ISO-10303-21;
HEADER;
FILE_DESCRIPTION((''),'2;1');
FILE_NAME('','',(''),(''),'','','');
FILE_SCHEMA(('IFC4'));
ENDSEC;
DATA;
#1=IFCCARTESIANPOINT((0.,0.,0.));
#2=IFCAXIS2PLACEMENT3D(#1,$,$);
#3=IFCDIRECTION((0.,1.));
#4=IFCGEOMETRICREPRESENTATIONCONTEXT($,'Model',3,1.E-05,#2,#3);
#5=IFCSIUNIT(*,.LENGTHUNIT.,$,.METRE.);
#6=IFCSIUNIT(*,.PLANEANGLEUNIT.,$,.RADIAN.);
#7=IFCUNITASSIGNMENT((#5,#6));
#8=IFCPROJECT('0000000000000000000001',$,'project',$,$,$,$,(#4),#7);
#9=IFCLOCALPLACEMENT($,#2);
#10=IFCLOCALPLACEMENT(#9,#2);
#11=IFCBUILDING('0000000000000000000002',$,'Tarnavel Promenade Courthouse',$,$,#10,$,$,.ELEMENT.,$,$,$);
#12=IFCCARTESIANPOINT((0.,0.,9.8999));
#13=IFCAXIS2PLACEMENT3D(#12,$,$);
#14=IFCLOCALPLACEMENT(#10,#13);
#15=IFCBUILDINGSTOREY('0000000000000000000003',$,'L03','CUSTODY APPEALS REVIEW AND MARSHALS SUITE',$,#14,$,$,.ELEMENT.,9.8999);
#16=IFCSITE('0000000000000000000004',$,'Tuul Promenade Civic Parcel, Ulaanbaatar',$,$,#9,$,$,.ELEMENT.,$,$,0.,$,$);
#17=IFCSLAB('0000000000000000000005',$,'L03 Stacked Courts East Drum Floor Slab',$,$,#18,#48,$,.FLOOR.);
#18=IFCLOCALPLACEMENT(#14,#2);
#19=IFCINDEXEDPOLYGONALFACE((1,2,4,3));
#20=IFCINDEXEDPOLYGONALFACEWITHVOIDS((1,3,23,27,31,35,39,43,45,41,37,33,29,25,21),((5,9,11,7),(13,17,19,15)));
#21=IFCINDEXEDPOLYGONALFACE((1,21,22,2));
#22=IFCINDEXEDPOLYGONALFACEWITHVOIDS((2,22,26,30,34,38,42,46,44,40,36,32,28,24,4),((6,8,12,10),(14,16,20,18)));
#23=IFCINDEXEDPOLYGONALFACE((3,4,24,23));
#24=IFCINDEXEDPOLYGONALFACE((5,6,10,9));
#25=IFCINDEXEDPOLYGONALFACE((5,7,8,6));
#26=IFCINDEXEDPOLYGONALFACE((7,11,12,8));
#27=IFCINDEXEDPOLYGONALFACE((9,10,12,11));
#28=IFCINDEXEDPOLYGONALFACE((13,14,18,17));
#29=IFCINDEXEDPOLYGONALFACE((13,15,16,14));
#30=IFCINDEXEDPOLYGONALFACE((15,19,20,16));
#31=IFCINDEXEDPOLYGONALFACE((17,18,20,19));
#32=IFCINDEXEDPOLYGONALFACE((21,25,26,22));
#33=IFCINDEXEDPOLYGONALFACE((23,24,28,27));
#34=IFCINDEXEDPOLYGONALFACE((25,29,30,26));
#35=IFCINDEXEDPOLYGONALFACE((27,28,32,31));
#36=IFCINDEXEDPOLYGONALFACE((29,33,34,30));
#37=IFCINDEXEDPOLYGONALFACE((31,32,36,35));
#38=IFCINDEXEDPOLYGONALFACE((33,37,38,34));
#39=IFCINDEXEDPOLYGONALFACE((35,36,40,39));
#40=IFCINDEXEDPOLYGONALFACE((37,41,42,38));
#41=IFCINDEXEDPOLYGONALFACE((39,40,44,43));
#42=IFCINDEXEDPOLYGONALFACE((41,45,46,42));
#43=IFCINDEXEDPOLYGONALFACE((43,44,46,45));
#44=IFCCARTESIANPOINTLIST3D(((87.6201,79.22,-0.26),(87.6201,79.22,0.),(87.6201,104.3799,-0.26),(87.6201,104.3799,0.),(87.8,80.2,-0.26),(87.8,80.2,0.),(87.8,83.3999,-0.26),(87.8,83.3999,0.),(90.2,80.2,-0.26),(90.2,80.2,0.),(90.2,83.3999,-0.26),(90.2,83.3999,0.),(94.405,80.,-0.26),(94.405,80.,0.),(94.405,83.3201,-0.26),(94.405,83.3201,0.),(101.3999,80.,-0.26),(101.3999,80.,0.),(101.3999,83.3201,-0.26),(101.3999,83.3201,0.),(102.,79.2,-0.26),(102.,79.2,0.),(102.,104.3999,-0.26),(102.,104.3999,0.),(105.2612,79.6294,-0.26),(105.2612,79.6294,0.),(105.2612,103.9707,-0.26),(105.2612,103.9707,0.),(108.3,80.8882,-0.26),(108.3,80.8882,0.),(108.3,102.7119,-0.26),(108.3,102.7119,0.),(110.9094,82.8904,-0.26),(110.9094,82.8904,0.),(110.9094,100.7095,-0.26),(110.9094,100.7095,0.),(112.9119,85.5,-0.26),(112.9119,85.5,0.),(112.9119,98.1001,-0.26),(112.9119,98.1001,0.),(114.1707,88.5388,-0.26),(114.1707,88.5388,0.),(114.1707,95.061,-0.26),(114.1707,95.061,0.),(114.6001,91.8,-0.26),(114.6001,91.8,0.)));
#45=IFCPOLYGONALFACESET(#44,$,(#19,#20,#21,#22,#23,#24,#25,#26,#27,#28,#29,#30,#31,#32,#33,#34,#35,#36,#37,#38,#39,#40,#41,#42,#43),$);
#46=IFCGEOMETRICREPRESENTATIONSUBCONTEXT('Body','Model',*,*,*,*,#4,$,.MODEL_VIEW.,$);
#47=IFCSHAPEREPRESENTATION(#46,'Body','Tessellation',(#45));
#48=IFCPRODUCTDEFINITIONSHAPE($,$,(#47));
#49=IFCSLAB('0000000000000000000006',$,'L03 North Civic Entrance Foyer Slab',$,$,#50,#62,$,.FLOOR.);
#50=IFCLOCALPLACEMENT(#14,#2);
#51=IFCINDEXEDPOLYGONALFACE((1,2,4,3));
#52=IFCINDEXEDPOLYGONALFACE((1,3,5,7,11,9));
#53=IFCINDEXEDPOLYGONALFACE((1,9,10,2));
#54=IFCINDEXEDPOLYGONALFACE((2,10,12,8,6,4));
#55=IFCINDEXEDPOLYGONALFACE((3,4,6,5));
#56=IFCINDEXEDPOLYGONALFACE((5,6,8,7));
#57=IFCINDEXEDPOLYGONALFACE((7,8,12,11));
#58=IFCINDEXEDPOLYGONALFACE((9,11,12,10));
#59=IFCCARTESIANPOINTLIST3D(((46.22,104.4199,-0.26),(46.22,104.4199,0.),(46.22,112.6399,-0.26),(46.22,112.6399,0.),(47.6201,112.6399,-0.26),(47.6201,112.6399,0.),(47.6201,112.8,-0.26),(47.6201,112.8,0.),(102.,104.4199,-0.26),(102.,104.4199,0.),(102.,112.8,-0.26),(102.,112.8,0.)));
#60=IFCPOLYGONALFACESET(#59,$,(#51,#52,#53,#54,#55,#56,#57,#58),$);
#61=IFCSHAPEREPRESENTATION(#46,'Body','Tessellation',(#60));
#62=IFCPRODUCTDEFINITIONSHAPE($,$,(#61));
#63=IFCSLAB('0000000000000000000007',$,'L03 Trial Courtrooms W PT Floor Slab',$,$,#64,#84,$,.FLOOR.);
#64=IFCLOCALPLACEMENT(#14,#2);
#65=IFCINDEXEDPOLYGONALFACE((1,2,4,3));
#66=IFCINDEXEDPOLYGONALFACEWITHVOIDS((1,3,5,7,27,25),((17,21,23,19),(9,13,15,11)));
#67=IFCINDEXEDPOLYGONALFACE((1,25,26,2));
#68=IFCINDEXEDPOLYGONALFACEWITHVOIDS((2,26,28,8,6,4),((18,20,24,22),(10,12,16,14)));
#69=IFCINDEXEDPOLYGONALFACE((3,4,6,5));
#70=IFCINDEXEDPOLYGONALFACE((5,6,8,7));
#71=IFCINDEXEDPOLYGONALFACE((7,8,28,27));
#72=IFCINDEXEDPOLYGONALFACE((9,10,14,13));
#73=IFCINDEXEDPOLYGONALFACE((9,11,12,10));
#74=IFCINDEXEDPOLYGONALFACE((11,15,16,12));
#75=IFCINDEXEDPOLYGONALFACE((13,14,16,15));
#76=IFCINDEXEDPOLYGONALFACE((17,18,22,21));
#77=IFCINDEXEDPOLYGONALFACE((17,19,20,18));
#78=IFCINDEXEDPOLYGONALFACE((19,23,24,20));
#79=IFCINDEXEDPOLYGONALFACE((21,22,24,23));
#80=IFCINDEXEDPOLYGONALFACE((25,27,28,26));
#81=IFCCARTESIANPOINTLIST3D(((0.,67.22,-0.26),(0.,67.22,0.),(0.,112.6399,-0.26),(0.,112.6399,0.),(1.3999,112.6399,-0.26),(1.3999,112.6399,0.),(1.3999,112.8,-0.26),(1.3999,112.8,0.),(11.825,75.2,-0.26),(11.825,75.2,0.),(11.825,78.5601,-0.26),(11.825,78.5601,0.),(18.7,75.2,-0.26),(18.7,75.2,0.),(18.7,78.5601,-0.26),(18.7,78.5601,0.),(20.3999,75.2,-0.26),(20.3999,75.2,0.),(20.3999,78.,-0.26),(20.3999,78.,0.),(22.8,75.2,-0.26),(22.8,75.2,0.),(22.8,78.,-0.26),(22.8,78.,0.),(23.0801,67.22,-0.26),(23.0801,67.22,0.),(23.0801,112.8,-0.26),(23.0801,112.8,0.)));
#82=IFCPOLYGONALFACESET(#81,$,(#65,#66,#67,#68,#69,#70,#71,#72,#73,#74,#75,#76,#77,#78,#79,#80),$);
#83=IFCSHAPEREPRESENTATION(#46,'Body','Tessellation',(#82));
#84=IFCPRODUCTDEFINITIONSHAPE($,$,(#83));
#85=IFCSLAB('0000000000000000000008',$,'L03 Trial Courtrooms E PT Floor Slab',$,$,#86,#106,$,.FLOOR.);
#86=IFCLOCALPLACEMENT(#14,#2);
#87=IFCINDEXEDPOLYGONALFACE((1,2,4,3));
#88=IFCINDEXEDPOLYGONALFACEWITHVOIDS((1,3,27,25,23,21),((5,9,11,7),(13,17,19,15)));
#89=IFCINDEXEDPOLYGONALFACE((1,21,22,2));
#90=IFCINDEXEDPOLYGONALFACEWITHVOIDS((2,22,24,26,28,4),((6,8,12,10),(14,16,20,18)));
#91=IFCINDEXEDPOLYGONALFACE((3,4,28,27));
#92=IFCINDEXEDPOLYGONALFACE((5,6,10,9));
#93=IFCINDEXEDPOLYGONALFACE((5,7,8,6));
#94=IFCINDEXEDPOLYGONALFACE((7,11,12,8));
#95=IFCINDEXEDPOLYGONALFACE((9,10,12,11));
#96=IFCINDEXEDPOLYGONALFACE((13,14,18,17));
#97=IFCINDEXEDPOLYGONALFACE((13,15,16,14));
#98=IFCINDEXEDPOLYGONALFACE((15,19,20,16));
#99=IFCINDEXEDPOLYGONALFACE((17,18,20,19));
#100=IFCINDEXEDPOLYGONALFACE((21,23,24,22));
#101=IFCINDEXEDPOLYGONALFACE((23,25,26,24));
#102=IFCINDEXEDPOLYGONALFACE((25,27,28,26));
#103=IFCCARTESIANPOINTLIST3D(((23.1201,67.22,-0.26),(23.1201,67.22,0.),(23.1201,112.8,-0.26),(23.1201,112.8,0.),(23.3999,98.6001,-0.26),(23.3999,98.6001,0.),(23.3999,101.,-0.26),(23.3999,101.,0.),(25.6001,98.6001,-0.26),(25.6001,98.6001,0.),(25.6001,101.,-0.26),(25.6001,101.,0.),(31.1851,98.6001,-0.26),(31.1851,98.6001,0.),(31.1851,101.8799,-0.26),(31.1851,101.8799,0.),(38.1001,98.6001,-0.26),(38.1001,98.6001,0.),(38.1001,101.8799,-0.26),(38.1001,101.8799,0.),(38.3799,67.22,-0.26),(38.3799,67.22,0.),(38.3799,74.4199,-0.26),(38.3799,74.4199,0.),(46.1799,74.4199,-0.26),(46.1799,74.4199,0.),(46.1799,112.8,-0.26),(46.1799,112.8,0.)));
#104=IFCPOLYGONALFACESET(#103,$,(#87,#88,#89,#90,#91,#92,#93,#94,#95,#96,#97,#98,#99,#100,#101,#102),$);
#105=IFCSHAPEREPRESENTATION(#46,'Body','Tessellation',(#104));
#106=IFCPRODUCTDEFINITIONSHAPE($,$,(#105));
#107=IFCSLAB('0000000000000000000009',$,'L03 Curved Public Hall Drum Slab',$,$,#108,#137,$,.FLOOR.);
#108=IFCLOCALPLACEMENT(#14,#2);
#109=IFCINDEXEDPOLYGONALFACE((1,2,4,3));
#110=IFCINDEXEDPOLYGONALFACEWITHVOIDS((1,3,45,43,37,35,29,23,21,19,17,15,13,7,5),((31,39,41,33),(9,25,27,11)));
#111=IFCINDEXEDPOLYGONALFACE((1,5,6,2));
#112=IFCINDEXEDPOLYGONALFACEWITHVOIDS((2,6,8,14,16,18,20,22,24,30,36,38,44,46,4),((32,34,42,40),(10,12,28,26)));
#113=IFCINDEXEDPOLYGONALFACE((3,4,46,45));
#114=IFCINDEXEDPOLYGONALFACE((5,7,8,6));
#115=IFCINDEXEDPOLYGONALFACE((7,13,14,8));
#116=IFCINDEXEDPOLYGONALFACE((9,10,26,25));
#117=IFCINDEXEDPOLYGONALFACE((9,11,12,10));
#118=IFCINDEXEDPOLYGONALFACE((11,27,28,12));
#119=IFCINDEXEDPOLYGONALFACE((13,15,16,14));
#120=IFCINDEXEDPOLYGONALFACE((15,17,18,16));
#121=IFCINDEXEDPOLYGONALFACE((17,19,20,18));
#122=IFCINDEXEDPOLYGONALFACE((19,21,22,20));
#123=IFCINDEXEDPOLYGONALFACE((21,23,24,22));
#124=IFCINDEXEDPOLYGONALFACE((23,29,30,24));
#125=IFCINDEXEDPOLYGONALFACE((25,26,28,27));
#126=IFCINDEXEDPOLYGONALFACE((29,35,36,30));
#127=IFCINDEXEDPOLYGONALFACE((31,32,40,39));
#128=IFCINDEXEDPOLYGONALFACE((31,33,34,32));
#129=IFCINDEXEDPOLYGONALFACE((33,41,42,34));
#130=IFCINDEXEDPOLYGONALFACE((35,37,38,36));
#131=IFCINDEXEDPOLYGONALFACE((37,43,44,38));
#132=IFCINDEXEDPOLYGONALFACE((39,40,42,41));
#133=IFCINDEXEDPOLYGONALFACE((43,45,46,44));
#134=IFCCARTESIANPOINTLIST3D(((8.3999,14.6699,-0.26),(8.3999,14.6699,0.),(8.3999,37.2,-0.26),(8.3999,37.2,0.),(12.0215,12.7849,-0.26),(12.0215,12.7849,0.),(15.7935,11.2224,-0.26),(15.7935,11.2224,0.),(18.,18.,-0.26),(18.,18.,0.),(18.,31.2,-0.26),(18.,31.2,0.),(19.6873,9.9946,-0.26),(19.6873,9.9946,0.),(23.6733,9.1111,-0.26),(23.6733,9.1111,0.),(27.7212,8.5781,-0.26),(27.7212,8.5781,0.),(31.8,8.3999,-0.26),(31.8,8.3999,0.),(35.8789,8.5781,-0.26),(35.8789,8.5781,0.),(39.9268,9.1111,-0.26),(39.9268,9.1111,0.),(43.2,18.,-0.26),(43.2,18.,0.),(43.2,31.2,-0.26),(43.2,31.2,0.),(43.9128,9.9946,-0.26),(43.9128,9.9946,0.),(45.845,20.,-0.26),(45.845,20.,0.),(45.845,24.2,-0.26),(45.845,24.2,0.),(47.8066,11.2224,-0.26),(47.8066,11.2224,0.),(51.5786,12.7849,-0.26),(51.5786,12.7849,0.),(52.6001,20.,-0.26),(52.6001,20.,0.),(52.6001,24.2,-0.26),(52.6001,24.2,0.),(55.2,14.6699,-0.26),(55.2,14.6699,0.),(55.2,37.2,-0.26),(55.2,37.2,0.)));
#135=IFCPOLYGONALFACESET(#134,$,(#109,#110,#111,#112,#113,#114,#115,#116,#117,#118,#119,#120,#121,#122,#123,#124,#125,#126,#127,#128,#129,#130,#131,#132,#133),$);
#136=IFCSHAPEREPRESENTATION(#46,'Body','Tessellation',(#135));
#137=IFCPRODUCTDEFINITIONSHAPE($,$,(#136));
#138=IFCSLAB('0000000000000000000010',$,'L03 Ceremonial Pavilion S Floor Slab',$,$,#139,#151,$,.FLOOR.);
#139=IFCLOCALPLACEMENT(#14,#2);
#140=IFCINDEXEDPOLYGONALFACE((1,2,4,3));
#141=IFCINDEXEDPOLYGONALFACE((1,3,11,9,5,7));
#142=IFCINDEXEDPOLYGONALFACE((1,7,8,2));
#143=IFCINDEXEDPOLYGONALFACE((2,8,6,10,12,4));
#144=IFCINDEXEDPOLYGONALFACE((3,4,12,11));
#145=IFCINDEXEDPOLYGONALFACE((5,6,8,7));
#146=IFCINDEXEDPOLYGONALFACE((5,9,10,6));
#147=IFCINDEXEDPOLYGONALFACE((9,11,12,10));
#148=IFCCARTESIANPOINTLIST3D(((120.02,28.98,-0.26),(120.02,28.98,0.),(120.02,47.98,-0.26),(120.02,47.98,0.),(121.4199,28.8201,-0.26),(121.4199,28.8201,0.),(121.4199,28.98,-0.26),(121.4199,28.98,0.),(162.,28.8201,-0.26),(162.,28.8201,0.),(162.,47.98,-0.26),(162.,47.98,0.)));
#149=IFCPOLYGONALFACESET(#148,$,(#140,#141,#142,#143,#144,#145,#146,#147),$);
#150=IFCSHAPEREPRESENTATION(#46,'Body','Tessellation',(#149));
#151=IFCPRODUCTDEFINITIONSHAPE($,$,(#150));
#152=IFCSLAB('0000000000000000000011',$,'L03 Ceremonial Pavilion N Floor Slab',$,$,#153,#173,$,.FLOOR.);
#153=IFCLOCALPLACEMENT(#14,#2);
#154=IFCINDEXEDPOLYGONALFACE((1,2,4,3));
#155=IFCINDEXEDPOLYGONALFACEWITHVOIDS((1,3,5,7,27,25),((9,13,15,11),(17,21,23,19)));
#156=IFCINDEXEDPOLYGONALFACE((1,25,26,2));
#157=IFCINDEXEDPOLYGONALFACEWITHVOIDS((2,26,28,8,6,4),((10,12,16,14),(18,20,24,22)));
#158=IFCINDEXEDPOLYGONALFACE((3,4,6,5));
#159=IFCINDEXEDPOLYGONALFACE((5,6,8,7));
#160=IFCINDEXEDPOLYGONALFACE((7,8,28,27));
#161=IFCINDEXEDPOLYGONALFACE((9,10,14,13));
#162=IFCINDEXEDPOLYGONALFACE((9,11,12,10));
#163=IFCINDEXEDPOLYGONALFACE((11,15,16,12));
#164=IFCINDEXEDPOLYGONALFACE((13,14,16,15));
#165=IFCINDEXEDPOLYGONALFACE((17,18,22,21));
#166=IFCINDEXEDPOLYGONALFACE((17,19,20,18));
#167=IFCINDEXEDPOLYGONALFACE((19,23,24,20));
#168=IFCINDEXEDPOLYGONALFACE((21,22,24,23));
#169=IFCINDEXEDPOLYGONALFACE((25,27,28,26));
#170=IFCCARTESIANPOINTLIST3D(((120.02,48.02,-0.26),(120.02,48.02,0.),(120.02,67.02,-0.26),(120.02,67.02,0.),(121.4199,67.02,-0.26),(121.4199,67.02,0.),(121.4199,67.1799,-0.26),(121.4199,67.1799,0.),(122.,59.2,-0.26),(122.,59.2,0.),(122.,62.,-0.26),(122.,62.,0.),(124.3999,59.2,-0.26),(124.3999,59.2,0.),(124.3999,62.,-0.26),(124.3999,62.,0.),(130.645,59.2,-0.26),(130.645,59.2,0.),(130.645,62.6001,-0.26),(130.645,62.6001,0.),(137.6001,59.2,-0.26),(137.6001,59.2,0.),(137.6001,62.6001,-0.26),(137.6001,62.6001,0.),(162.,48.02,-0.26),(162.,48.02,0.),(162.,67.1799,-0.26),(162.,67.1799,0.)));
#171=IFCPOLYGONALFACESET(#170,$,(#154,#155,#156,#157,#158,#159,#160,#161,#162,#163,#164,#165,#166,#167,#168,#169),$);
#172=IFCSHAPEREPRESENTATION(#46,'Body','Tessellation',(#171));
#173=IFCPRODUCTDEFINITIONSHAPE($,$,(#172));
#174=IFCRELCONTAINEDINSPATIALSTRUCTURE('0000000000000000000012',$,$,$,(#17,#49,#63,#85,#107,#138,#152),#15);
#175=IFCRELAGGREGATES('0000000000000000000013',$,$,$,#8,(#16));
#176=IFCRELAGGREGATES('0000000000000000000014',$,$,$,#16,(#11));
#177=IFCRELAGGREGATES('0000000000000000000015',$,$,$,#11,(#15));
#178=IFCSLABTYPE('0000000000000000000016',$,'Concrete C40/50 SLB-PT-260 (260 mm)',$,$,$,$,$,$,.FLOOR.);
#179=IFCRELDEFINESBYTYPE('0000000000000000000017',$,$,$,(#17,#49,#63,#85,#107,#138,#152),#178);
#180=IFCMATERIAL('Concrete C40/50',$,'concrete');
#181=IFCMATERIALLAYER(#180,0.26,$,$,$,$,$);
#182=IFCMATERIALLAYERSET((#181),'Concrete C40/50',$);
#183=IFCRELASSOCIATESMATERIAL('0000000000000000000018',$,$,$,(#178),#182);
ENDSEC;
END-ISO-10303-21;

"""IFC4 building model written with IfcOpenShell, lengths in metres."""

from ifc_helpers import new_model, si_unit, direction, frame, origin, place, context, subcontext, project, spatial, polyline, outline, extrude, material, layer, layer_set, type_object, element, save


model = new_model("IFC4")

# Units and contexts
model_context = context("Model", 3, precision=1e-05, world=origin(), true_north=direction((0.0, 1.0)))
body_context = subcontext(model_context, "Body", "Model", "MODEL_VIEW")
ifc_project = project(units=[si_unit("LENGTHUNIT", "METRE"), si_unit("PLANEANGLEUNIT", "RADIAN")], contexts=[model_context])

# Site, building, storey
site_placement = place(None, origin())
site = spatial("IfcSite", under=ifc_project, at=site_placement, Name="Tuul Promenade Civic Parcel, Ulaanbaatar", CompositionType="ELEMENT", RefElevation=0.0)
building_placement = place(site_placement, origin())
building = spatial("IfcBuilding", under=site, at=building_placement, Name="Tarnavel Promenade Courthouse", CompositionType="ELEMENT")
storey_placement = place(building_placement, frame((0.0, 0.0, 9.8999)))
storey = spatial("IfcBuildingStorey", under=building, at=storey_placement, Name="L03", Description="CUSTODY APPEALS REVIEW AND MARSHALS SUITE", CompositionType="ELEMENT", Elevation=9.8999)

# Slabs
ifc_material_1 = material(Name="Concrete C40/50", Category="concrete")
ifc_layer_1 = layer(ifc_material_1, 0.26)
ifc_layer_set_1 = layer_set([ifc_layer_1], Name="Concrete C40/50")
slab_type_1 = type_object("IfcSlabType", Name="Concrete C40/50 SLB-PT-260 (260 mm)", PredefinedType="FLOOR", material=ifc_layer_set_1)
slab_1_placement = place(storey_placement, frame((0.0, 0.0, -0.26)))
element("IfcSlab", 1, at=slab_1_placement, inside=storey, type_object=slab_type_1, Name="L03 Stacked Courts East Drum Floor Slab", PredefinedType="FLOOR", context=body_context, shape_type="SweptSolid", body=[
    extrude(outline(polyline([(87.6201, 104.3799), (87.6201, 79.22), (102.0, 79.2), (105.2612, 79.6294), (108.3, 80.8882), (110.9094, 82.8904), (112.9119, 85.5), (114.1707, 88.5388), (114.6001, 91.8), (114.1707, 95.061), (112.9119, 98.1001), (110.9094, 100.7095), (108.3, 102.7119), (105.2612, 103.9707), (102.0, 104.3999), (87.6201, 104.3799)]), holes=[polyline([(94.405, 80.0), (101.3999, 80.0), (101.3999, 83.3201), (94.405, 83.3201), (94.405, 80.0)]), polyline([(87.8, 80.2), (90.2, 80.2), (90.2, 83.3999), (87.8, 83.3999), (87.8, 80.2)])]), origin(), (0.0, 0.0, 1.0), 0.26),
])
slab_2_placement = place(storey_placement, frame((0.0, 0.0, -0.26)))
element("IfcSlab", 2, at=slab_2_placement, inside=storey, type_object=slab_type_1, Name="L03 North Civic Entrance Foyer Slab", PredefinedType="FLOOR", context=body_context, shape_type="SweptSolid", body=[
    extrude(outline(polyline([(46.22, 104.4199), (102.0, 104.4199), (102.0, 112.8), (47.6201, 112.8), (47.6201, 112.6399), (46.22, 112.6399), (46.22, 104.4199)])), origin(), (0.0, 0.0, 1.0), 0.26),
])
slab_3_placement = place(storey_placement, frame((0.0, 0.0, -0.26)))
element("IfcSlab", 3, at=slab_3_placement, inside=storey, type_object=slab_type_1, Name="L03 Trial Courtrooms W PT Floor Slab", PredefinedType="FLOOR", context=body_context, shape_type="SweptSolid", body=[
    extrude(outline(polyline([(0.0, 67.22), (23.0801, 67.22), (23.0801, 112.8), (1.3999, 112.8), (1.3999, 112.6399), (0.0, 112.6399), (0.0, 67.22)]), holes=[polyline([(11.825, 75.2), (18.7, 75.2), (18.7, 78.5601), (11.825, 78.5601), (11.825, 75.2)]), polyline([(20.3999, 75.2), (22.8, 75.2), (22.8, 78.0), (20.3999, 78.0), (20.3999, 75.2)])]), origin(), (0.0, 0.0, 1.0), 0.26),
])
slab_4_placement = place(storey_placement, frame((0.0, 0.0, -0.26)))
element("IfcSlab", 4, at=slab_4_placement, inside=storey, type_object=slab_type_1, Name="L03 Trial Courtrooms E PT Floor Slab", PredefinedType="FLOOR", context=body_context, shape_type="SweptSolid", body=[
    extrude(outline(polyline([(23.1201, 67.22), (38.3799, 67.22), (38.3799, 74.4199), (46.1799, 74.4199), (46.1799, 112.8), (23.1201, 112.8), (23.1201, 67.22)]), holes=[polyline([(31.1851, 98.6001), (38.1001, 98.6001), (38.1001, 101.8799), (31.1851, 101.8799), (31.1851, 98.6001)]), polyline([(23.3999, 98.6001), (25.6001, 98.6001), (25.6001, 101.0), (23.3999, 101.0), (23.3999, 98.6001)])]), origin(), (0.0, 0.0, 1.0), 0.26),
])
slab_5_placement = place(storey_placement, frame((0.0, 0.0, -0.26)))
element("IfcSlab", 5, at=slab_5_placement, inside=storey, type_object=slab_type_1, Name="L03 Curved Public Hall Drum Slab", PredefinedType="FLOOR", context=body_context, shape_type="SweptSolid", body=[
    extrude(outline(polyline([(8.3999, 14.6699), (12.0215, 12.7849), (15.7935, 11.2224), (19.6873, 9.9946), (23.6733, 9.1111), (27.7212, 8.5781), (31.8, 8.3999), (35.8789, 8.5781), (39.9268, 9.1111), (43.9128, 9.9946), (47.8066, 11.2224), (51.5786, 12.7849), (55.2, 14.6699), (55.2, 37.2), (8.3999, 37.2), (8.3999, 14.6699)]), holes=[polyline([(45.845, 20.0), (52.6001, 20.0), (52.6001, 24.2), (45.845, 24.2), (45.845, 20.0)]), polyline([(18.0, 18.0), (43.2, 18.0), (43.2, 31.2), (18.0, 31.2), (18.0, 18.0)])]), origin(), (0.0, 0.0, 1.0), 0.26),
])
slab_6_placement = place(storey_placement, frame((0.0, 0.0, -0.26)))
element("IfcSlab", 6, at=slab_6_placement, inside=storey, type_object=slab_type_1, Name="L03 Ceremonial Pavilion S Floor Slab", PredefinedType="FLOOR", context=body_context, shape_type="SweptSolid", body=[
    extrude(outline(polyline([(120.02, 28.98), (121.4199, 28.98), (121.4199, 28.8201), (162.0, 28.8201), (162.0, 47.98), (120.02, 47.98), (120.02, 28.98)])), origin(), (0.0, 0.0, 1.0), 0.26),
])
slab_7_placement = place(storey_placement, frame((0.0, 0.0, -0.26)))
element("IfcSlab", 7, at=slab_7_placement, inside=storey, type_object=slab_type_1, Name="L03 Ceremonial Pavilion N Floor Slab", PredefinedType="FLOOR", context=body_context, shape_type="SweptSolid", body=[
    extrude(outline(polyline([(120.02, 48.02), (162.0, 48.02), (162.0, 67.1799), (121.4199, 67.1799), (121.4199, 67.02), (120.02, 67.02), (120.02, 48.02)]), holes=[polyline([(130.645, 59.2), (137.6001, 59.2), (137.6001, 62.6001), (130.645, 62.6001), (130.645, 59.2)]), polyline([(122.0, 59.2), (124.3999, 59.2), (124.3999, 62.0), (122.0, 62.0), (122.0, 59.2)])]), origin(), (0.0, 0.0, 1.0), 0.26),
])

save(model, "model.ifc")
